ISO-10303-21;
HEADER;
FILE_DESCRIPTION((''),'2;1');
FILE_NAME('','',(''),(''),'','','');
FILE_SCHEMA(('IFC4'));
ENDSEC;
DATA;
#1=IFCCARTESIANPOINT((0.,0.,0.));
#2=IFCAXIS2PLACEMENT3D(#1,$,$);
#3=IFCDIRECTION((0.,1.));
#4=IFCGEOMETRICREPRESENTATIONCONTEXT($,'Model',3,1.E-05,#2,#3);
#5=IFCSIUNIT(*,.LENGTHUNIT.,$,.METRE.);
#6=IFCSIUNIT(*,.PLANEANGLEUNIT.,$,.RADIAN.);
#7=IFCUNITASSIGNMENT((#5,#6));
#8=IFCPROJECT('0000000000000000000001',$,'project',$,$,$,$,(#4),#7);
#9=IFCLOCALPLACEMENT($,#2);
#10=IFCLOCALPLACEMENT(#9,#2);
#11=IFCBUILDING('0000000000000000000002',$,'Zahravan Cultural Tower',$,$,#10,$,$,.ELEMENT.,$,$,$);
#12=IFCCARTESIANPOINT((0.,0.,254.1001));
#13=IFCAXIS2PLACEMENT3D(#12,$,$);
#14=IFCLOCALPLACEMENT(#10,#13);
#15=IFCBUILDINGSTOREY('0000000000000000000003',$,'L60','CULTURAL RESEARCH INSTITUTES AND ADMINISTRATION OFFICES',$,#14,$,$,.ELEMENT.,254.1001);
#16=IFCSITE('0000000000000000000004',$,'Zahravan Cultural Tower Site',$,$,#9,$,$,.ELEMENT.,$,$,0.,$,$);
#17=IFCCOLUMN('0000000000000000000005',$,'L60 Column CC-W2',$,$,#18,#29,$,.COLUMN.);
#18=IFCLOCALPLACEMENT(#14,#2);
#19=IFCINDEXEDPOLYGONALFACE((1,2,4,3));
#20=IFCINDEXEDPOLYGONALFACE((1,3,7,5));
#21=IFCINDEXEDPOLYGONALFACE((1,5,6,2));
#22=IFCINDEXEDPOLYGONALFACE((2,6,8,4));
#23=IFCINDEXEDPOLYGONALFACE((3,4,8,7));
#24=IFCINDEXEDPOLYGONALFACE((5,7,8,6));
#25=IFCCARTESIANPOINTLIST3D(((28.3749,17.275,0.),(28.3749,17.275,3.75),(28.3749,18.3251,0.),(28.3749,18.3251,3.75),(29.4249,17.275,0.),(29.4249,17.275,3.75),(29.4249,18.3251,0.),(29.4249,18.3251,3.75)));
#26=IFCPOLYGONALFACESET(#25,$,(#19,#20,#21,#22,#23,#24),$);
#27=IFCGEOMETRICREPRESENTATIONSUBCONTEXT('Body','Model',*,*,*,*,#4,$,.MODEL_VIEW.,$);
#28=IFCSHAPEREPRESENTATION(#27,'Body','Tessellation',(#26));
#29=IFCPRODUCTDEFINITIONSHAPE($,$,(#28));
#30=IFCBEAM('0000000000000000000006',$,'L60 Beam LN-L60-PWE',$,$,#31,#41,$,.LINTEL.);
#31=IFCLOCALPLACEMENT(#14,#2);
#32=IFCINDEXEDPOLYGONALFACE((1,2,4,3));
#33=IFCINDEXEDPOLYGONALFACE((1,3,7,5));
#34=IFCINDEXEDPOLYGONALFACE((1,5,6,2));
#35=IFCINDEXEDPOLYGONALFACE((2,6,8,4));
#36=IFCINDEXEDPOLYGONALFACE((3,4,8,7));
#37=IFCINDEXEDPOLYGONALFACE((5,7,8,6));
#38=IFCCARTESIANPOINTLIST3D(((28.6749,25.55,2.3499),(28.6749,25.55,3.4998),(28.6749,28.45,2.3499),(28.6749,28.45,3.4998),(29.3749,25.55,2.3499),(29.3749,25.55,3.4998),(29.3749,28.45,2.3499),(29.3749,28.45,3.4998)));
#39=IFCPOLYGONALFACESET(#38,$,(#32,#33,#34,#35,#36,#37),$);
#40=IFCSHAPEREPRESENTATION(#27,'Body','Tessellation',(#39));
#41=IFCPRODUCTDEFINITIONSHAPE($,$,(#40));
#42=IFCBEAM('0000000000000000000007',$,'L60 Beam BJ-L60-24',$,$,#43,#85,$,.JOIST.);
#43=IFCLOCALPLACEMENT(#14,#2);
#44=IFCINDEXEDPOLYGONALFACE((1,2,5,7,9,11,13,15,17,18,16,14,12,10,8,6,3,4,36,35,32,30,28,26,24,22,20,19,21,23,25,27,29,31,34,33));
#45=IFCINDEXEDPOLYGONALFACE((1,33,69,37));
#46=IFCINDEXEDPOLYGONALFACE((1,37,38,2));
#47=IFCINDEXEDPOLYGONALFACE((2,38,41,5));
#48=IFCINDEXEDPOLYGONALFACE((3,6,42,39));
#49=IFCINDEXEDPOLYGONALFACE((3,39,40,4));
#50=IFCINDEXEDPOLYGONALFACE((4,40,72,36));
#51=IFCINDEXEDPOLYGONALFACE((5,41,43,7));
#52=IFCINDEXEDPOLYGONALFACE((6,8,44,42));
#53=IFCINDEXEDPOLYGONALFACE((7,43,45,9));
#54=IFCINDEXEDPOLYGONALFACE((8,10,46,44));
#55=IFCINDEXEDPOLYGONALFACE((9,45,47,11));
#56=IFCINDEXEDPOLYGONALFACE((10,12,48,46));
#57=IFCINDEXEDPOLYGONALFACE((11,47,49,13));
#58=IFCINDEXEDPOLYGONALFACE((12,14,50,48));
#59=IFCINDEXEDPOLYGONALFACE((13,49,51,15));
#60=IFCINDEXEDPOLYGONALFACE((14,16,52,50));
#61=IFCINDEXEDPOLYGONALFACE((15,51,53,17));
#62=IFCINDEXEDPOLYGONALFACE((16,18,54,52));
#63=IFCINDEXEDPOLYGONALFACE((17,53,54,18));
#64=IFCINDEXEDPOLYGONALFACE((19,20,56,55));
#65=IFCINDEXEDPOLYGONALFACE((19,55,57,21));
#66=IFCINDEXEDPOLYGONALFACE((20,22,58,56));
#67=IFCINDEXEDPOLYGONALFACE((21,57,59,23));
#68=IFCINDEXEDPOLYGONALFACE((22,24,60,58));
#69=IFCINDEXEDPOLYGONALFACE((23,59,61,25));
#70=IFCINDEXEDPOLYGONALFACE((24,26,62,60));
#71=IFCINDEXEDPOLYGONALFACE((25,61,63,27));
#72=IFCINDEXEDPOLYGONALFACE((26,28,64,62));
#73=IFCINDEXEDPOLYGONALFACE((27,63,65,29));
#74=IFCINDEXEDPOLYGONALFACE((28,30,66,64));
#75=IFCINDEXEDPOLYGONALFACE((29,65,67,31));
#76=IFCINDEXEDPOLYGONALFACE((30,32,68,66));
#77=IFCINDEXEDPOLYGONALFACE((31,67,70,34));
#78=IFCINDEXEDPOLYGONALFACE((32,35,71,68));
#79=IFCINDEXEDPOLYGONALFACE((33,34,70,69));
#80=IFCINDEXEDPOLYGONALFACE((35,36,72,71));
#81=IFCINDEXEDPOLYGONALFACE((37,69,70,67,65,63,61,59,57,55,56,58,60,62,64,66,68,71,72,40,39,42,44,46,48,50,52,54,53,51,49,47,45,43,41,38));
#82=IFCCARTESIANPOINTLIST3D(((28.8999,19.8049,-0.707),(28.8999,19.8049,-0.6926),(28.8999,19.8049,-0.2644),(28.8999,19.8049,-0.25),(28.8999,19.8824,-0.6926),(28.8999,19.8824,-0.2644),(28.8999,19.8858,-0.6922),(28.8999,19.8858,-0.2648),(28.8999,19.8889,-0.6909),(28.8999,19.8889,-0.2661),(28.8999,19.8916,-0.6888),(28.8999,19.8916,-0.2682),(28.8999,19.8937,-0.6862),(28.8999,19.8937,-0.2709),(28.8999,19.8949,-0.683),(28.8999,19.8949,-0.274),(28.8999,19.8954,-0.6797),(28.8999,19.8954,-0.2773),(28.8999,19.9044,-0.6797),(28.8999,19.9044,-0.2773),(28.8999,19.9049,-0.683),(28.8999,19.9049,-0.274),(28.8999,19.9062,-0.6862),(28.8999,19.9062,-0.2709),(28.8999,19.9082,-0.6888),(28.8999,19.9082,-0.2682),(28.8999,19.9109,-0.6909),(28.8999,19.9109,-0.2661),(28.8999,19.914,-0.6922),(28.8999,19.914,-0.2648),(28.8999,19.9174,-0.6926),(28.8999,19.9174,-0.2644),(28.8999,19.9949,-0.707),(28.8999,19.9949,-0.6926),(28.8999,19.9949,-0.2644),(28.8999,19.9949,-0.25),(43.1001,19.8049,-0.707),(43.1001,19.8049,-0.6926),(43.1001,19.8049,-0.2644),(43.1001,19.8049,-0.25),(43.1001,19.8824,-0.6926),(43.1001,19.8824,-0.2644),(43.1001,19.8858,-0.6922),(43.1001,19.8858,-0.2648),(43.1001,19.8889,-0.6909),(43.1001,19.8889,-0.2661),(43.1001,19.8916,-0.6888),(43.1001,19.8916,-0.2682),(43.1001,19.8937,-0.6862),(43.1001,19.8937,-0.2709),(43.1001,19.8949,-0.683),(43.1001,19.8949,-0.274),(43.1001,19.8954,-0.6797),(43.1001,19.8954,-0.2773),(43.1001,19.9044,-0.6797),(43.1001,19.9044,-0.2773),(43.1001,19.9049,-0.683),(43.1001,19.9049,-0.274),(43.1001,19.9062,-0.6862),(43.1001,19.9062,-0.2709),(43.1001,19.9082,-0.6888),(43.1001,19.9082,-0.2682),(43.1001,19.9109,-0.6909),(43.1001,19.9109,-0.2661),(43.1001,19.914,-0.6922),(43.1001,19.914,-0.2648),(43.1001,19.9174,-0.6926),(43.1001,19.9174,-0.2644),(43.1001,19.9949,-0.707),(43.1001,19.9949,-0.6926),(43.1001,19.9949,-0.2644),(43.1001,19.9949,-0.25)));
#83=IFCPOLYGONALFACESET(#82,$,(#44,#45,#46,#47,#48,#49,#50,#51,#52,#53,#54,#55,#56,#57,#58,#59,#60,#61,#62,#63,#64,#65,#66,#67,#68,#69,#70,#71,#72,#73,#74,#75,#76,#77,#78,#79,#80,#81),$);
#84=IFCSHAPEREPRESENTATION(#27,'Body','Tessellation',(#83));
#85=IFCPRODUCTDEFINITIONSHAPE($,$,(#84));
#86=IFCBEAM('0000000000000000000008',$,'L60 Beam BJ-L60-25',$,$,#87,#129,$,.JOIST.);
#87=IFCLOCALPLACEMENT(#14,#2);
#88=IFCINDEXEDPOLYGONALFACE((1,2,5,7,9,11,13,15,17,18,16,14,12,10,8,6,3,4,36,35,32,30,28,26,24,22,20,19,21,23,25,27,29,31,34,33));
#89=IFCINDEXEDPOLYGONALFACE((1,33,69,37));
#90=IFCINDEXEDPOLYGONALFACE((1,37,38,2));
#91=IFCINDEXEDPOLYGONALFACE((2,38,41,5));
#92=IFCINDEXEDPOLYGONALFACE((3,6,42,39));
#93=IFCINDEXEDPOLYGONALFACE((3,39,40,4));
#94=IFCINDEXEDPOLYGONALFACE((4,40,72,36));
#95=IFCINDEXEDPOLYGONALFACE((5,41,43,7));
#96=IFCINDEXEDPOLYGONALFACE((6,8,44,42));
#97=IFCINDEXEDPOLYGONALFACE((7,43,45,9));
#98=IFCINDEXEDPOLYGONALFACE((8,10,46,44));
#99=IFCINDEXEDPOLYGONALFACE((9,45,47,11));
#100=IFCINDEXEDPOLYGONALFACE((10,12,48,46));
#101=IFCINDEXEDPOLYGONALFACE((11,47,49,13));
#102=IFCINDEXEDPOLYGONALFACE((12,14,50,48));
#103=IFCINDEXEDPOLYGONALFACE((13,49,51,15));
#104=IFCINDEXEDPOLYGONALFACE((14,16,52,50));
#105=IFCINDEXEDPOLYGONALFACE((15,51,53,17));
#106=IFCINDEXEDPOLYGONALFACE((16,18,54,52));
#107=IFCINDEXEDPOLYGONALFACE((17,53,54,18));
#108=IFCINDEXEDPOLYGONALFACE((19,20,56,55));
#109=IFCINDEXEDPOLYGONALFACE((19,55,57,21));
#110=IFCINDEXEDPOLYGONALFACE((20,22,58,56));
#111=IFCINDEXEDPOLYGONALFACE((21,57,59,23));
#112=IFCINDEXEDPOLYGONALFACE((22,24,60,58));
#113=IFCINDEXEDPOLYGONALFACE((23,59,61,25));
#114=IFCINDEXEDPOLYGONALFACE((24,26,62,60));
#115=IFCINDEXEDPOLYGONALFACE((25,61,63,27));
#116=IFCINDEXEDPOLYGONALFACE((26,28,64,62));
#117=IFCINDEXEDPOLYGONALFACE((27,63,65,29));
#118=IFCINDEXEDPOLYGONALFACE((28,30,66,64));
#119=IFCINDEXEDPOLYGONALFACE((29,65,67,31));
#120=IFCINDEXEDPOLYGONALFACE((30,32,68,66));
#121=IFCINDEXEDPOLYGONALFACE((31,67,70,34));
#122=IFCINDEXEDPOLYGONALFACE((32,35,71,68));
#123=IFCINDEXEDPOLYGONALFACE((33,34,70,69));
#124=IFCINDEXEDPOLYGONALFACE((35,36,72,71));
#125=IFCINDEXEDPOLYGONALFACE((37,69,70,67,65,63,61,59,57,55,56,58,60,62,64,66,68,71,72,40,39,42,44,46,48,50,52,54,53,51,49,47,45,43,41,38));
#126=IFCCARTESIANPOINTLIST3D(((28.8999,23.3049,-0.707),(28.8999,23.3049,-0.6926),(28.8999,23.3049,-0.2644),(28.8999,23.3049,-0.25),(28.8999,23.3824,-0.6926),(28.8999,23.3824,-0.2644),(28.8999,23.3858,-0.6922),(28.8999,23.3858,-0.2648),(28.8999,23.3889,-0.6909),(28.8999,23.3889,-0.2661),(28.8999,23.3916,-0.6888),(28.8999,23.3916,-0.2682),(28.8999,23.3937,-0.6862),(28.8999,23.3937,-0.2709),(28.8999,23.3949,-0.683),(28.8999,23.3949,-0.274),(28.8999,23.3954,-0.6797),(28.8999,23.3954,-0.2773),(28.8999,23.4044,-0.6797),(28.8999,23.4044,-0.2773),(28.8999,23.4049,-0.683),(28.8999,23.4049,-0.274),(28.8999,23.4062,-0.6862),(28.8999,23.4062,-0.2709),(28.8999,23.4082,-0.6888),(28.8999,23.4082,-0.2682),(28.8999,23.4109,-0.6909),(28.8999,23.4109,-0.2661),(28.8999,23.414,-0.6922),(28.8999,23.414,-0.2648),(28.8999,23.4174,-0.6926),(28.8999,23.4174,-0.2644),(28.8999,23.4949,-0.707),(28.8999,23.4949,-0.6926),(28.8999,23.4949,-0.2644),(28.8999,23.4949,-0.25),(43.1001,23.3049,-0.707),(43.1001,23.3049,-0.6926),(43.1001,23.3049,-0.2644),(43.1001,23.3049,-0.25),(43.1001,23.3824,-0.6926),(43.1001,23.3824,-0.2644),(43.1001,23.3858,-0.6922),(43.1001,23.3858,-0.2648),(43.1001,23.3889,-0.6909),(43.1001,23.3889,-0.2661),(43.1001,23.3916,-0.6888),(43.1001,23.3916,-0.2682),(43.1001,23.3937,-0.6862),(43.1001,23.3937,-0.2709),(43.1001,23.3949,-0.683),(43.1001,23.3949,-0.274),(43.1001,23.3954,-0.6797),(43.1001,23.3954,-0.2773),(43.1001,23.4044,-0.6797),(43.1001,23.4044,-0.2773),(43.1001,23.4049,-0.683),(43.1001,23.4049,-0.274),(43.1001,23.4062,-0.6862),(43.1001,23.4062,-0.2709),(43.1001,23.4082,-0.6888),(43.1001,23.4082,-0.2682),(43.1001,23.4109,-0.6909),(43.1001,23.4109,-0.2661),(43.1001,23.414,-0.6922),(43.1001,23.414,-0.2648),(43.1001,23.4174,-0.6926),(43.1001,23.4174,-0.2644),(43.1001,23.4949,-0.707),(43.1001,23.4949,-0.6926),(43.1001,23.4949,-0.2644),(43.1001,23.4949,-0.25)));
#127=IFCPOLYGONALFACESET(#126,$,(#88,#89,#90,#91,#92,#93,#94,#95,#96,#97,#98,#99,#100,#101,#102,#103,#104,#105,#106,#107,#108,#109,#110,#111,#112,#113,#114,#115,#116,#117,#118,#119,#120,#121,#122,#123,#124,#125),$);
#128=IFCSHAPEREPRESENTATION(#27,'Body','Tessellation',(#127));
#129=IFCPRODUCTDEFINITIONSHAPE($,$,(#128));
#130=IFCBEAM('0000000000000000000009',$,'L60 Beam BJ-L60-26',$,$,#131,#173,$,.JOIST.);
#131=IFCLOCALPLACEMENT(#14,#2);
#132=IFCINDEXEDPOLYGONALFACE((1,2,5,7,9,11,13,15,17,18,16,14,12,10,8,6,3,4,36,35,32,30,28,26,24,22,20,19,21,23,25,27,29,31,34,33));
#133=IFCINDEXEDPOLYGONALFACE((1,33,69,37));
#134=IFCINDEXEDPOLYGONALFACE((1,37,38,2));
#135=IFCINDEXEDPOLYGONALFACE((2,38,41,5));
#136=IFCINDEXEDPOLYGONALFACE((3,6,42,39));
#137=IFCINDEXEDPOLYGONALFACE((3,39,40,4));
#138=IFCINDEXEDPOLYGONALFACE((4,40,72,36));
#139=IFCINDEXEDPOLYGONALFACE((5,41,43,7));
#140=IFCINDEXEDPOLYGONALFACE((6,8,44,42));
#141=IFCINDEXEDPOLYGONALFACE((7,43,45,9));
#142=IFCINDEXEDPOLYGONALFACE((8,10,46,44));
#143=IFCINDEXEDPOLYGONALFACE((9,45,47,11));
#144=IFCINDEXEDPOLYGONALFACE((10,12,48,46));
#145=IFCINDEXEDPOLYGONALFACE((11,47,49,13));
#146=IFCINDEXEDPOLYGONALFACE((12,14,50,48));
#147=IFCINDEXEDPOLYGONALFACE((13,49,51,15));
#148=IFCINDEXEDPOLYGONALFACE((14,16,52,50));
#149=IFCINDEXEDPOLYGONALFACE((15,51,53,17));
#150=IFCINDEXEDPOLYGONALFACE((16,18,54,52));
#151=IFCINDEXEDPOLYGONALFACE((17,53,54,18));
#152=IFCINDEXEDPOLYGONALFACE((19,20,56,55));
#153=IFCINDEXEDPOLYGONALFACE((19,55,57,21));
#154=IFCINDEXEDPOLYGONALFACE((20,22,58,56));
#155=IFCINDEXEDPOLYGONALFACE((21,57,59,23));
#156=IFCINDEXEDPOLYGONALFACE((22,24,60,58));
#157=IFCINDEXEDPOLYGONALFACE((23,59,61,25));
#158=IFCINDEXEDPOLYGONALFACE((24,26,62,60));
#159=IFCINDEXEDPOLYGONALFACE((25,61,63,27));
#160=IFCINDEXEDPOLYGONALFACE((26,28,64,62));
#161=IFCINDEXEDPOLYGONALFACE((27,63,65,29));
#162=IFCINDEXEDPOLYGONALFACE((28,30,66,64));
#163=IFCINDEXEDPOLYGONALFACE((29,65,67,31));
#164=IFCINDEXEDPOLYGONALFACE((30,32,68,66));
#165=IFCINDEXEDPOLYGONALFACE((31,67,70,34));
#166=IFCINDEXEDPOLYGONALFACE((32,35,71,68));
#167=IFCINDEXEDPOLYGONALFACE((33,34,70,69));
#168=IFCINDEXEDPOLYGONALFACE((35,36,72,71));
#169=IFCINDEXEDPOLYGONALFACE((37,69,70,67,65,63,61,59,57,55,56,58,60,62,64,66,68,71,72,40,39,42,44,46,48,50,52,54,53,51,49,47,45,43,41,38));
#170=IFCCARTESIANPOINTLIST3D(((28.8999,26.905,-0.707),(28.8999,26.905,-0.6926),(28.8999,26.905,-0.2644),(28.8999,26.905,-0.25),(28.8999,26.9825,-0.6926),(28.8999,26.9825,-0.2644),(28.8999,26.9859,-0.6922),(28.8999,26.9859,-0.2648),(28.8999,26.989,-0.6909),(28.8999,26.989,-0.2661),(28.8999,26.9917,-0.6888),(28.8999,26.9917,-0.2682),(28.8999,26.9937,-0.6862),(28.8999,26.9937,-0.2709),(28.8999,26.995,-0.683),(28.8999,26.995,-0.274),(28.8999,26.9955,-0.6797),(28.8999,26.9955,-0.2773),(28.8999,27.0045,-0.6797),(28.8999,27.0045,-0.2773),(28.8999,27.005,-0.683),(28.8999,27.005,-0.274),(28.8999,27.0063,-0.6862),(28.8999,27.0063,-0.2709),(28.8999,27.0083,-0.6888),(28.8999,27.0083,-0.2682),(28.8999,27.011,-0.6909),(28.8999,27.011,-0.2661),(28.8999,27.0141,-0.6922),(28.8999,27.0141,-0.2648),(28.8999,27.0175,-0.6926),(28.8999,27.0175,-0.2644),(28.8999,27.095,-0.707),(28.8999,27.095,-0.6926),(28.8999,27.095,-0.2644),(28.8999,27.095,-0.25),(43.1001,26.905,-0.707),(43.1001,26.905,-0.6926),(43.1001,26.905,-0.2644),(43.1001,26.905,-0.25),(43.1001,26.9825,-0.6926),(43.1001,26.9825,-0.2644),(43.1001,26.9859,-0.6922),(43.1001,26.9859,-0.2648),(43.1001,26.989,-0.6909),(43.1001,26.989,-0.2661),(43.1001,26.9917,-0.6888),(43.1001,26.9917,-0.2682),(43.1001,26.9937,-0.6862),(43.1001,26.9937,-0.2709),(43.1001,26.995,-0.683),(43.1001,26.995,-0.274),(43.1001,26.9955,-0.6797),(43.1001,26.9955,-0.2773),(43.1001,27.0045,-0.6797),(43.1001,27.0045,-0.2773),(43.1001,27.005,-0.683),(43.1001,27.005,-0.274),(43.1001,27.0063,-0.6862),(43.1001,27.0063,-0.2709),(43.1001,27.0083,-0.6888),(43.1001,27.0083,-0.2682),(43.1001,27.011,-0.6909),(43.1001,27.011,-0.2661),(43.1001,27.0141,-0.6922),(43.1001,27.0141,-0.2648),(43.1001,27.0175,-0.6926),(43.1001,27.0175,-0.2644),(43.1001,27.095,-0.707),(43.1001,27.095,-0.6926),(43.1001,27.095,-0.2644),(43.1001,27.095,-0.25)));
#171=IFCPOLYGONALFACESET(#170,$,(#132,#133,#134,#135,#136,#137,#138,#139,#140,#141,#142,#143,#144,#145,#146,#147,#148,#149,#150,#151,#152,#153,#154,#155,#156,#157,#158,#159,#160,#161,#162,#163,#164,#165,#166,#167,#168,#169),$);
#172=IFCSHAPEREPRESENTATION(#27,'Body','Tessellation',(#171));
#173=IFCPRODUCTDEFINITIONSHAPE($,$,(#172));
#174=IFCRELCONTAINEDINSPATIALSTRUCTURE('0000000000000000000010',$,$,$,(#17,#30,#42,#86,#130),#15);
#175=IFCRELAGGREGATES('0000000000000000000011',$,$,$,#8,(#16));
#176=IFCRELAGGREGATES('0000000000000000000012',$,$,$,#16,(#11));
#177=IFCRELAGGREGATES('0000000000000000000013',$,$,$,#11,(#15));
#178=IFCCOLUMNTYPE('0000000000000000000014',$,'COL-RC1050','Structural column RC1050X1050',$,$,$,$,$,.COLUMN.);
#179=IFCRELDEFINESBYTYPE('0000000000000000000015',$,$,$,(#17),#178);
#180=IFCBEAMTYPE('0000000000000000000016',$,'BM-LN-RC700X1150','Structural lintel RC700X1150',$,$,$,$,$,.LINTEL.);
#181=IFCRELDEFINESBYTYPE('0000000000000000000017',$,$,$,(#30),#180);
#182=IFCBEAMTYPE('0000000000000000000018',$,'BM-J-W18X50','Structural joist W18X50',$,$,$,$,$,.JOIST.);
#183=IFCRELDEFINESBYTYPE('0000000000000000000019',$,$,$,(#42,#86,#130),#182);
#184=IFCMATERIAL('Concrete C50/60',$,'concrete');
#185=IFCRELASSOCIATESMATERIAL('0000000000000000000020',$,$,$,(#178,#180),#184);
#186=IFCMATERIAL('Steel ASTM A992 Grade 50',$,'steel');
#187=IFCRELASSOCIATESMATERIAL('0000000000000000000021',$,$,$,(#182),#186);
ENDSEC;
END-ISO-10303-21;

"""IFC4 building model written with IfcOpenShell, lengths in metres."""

from ifc_helpers import new_model, si_unit, direction, frame, origin, origin_2d, place, context, subcontext, project, spatial, rectangle, i_section, extrude, source, transform, mapped, material, material_profile, profile_set, type_object, element, save


model = new_model("IFC4")

# Units and contexts
model_context = context("Model", 3, precision=1e-05, world=origin(), true_north=direction((0.0, 1.0)))
body_context = subcontext(model_context, "Body", "Model", "MODEL_VIEW")
ifc_project = project(units=[si_unit("LENGTHUNIT", "METRE"), si_unit("PLANEANGLEUNIT", "RADIAN")], contexts=[model_context])

# Site, building, storey
site_placement = place(None, origin())
site = spatial("IfcSite", under=ifc_project, at=site_placement, Name="Zahravan Cultural Tower Site", CompositionType="ELEMENT", RefElevation=0.0)
building_placement = place(site_placement, origin())
building = spatial("IfcBuilding", under=site, at=building_placement, Name="Zahravan Cultural Tower", CompositionType="ELEMENT")
storey_placement = place(building_placement, frame((0.0, 0.0, 254.1001)))
storey = spatial("IfcBuildingStorey", under=building, at=storey_placement, Name="L60", Description="CULTURAL RESEARCH INSTITUTES AND ADMINISTRATION OFFICES", CompositionType="ELEMENT", Elevation=254.1001)

# Column
ifc_material_1 = material(Name="Concrete C50/60", Category="concrete")
ifc_material_profile_1 = material_profile(ifc_material_1, rectangle(XDim=1.05, YDim=1.05, at=origin_2d()), Name="RC1050X1050")
ifc_profile_set_1 = profile_set([ifc_material_profile_1], Name="Concrete C50/60")
column_type = type_object("IfcColumnType", Name="COL-RC1050", Description="Structural column RC1050X1050", PredefinedType="COLUMN", material=ifc_profile_set_1)
shared_shape_1 = source(origin(), body_context, "Body", "SweptSolid", [
    extrude(rectangle(XDim=1.05, YDim=1.05, at=origin_2d()), origin(), (0.0, 0.0, 1.0), 3.75),
])
column_placement = place(storey_placement, frame((28.8999, 17.8, 0.0), z_axis=(0.0, 0.0, 1.0), x_axis=(1.0, 0.0, 0.0)))
element("IfcColumn", 1, at=column_placement, inside=storey, type_object=column_type, Name="L60 Column CC-W2", PredefinedType="COLUMN", context=body_context, shape_type="MappedRepresentation", body=[
    mapped(shared_shape_1, transform((0.0, 0.0, 0.0), x_axis=(1.0, 0.0, 0.0), y_axis=(0.0, 1.0, 0.0), z_axis=(0.0, 0.0, 1.0), scale=1.0)),
])

# Beams
ifc_material_profile_2 = material_profile(ifc_material_1, rectangle(XDim=0.7, YDim=1.1499, at=origin_2d()), Name="RC700X1150")
ifc_profile_set_2 = profile_set([ifc_material_profile_2], Name="Concrete C50/60")
beam_type_1 = type_object("IfcBeamType", Name="BM-LN-RC700X1150", Description="Structural lintel RC700X1150", PredefinedType="LINTEL", material=ifc_profile_set_2)
shared_shape_2 = source(origin(), body_context, "Body", "SweptSolid", [
    extrude(rectangle(XDim=0.7, YDim=1.1499, at=origin_2d()), origin(), (0.0, 0.0, 1.0), 2.8999),
])
beam_1_placement = place(storey_placement, frame((29.0249, 25.55, 2.9248), z_axis=(0.0, 1.0, 0.0), x_axis=(-1.0, 0.0, 0.0)))
element("IfcBeam", 2, at=beam_1_placement, inside=storey, type_object=beam_type_1, Name="L60 Beam LN-L60-PWE", PredefinedType="LINTEL", context=body_context, shape_type="MappedRepresentation", body=[
    mapped(shared_shape_2, transform((0.0, 0.0, 0.0), x_axis=(1.0, 0.0, 0.0), y_axis=(0.0, 1.0, 0.0), z_axis=(0.0, 0.0, 1.0), scale=1.0)),
])
ifc_material_2 = material(Name="Steel ASTM A992 Grade 50", Category="steel")
ifc_material_profile_3 = material_profile(ifc_material_2, i_section(OverallWidth=0.1899, OverallDepth=0.457, WebThickness=0.009, FlangeThickness=0.0144, FilletRadius=0.0129, at=origin_2d()), Name="W18X50")
ifc_profile_set_3 = profile_set([ifc_material_profile_3], Name="Steel ASTM A992 Grade 50")
beam_type_2 = type_object("IfcBeamType", Name="BM-J-W18X50", Description="Structural joist W18X50", PredefinedType="JOIST", material=ifc_profile_set_3)
shared_shape_3 = source(origin(), body_context, "Body", "SweptSolid", [
    extrude(i_section(OverallWidth=0.1899, OverallDepth=0.457, WebThickness=0.009, FlangeThickness=0.0144, FilletRadius=0.0129, at=origin_2d()), origin(), (0.0, 0.0, 1.0), 14.2002),
])
for number, where, z_axis, x_axis, name in (
    (3, (28.8999, 19.8999, -0.4785), (1.0, 0.0, 0.0), (0.0, 1.0, 0.0), "L60 Beam BJ-L60-24"),
    (4, (28.8999, 23.3999, -0.4785), (1.0, 0.0, 0.0), (0.0, 1.0, 0.0), "L60 Beam BJ-L60-25"),
    (5, (28.8999, 27.0, -0.4785), (1.0, 0.0, 0.0), (0.0, 1.0, 0.0), "L60 Beam BJ-L60-26"),
):
    element("IfcBeam", number, at=place(storey_placement, frame(where, z_axis=z_axis, x_axis=x_axis)), inside=storey, type_object=beam_type_2, Name=name, PredefinedType="JOIST", context=body_context, shape_type="MappedRepresentation", body=[
        mapped(shared_shape_3, transform((0.0, 0.0, 0.0), x_axis=(1.0, 0.0, 0.0), y_axis=(0.0, 1.0, 0.0), z_axis=(0.0, 0.0, 1.0), scale=1.0)),
    ])

save(model, "model.ifc")
